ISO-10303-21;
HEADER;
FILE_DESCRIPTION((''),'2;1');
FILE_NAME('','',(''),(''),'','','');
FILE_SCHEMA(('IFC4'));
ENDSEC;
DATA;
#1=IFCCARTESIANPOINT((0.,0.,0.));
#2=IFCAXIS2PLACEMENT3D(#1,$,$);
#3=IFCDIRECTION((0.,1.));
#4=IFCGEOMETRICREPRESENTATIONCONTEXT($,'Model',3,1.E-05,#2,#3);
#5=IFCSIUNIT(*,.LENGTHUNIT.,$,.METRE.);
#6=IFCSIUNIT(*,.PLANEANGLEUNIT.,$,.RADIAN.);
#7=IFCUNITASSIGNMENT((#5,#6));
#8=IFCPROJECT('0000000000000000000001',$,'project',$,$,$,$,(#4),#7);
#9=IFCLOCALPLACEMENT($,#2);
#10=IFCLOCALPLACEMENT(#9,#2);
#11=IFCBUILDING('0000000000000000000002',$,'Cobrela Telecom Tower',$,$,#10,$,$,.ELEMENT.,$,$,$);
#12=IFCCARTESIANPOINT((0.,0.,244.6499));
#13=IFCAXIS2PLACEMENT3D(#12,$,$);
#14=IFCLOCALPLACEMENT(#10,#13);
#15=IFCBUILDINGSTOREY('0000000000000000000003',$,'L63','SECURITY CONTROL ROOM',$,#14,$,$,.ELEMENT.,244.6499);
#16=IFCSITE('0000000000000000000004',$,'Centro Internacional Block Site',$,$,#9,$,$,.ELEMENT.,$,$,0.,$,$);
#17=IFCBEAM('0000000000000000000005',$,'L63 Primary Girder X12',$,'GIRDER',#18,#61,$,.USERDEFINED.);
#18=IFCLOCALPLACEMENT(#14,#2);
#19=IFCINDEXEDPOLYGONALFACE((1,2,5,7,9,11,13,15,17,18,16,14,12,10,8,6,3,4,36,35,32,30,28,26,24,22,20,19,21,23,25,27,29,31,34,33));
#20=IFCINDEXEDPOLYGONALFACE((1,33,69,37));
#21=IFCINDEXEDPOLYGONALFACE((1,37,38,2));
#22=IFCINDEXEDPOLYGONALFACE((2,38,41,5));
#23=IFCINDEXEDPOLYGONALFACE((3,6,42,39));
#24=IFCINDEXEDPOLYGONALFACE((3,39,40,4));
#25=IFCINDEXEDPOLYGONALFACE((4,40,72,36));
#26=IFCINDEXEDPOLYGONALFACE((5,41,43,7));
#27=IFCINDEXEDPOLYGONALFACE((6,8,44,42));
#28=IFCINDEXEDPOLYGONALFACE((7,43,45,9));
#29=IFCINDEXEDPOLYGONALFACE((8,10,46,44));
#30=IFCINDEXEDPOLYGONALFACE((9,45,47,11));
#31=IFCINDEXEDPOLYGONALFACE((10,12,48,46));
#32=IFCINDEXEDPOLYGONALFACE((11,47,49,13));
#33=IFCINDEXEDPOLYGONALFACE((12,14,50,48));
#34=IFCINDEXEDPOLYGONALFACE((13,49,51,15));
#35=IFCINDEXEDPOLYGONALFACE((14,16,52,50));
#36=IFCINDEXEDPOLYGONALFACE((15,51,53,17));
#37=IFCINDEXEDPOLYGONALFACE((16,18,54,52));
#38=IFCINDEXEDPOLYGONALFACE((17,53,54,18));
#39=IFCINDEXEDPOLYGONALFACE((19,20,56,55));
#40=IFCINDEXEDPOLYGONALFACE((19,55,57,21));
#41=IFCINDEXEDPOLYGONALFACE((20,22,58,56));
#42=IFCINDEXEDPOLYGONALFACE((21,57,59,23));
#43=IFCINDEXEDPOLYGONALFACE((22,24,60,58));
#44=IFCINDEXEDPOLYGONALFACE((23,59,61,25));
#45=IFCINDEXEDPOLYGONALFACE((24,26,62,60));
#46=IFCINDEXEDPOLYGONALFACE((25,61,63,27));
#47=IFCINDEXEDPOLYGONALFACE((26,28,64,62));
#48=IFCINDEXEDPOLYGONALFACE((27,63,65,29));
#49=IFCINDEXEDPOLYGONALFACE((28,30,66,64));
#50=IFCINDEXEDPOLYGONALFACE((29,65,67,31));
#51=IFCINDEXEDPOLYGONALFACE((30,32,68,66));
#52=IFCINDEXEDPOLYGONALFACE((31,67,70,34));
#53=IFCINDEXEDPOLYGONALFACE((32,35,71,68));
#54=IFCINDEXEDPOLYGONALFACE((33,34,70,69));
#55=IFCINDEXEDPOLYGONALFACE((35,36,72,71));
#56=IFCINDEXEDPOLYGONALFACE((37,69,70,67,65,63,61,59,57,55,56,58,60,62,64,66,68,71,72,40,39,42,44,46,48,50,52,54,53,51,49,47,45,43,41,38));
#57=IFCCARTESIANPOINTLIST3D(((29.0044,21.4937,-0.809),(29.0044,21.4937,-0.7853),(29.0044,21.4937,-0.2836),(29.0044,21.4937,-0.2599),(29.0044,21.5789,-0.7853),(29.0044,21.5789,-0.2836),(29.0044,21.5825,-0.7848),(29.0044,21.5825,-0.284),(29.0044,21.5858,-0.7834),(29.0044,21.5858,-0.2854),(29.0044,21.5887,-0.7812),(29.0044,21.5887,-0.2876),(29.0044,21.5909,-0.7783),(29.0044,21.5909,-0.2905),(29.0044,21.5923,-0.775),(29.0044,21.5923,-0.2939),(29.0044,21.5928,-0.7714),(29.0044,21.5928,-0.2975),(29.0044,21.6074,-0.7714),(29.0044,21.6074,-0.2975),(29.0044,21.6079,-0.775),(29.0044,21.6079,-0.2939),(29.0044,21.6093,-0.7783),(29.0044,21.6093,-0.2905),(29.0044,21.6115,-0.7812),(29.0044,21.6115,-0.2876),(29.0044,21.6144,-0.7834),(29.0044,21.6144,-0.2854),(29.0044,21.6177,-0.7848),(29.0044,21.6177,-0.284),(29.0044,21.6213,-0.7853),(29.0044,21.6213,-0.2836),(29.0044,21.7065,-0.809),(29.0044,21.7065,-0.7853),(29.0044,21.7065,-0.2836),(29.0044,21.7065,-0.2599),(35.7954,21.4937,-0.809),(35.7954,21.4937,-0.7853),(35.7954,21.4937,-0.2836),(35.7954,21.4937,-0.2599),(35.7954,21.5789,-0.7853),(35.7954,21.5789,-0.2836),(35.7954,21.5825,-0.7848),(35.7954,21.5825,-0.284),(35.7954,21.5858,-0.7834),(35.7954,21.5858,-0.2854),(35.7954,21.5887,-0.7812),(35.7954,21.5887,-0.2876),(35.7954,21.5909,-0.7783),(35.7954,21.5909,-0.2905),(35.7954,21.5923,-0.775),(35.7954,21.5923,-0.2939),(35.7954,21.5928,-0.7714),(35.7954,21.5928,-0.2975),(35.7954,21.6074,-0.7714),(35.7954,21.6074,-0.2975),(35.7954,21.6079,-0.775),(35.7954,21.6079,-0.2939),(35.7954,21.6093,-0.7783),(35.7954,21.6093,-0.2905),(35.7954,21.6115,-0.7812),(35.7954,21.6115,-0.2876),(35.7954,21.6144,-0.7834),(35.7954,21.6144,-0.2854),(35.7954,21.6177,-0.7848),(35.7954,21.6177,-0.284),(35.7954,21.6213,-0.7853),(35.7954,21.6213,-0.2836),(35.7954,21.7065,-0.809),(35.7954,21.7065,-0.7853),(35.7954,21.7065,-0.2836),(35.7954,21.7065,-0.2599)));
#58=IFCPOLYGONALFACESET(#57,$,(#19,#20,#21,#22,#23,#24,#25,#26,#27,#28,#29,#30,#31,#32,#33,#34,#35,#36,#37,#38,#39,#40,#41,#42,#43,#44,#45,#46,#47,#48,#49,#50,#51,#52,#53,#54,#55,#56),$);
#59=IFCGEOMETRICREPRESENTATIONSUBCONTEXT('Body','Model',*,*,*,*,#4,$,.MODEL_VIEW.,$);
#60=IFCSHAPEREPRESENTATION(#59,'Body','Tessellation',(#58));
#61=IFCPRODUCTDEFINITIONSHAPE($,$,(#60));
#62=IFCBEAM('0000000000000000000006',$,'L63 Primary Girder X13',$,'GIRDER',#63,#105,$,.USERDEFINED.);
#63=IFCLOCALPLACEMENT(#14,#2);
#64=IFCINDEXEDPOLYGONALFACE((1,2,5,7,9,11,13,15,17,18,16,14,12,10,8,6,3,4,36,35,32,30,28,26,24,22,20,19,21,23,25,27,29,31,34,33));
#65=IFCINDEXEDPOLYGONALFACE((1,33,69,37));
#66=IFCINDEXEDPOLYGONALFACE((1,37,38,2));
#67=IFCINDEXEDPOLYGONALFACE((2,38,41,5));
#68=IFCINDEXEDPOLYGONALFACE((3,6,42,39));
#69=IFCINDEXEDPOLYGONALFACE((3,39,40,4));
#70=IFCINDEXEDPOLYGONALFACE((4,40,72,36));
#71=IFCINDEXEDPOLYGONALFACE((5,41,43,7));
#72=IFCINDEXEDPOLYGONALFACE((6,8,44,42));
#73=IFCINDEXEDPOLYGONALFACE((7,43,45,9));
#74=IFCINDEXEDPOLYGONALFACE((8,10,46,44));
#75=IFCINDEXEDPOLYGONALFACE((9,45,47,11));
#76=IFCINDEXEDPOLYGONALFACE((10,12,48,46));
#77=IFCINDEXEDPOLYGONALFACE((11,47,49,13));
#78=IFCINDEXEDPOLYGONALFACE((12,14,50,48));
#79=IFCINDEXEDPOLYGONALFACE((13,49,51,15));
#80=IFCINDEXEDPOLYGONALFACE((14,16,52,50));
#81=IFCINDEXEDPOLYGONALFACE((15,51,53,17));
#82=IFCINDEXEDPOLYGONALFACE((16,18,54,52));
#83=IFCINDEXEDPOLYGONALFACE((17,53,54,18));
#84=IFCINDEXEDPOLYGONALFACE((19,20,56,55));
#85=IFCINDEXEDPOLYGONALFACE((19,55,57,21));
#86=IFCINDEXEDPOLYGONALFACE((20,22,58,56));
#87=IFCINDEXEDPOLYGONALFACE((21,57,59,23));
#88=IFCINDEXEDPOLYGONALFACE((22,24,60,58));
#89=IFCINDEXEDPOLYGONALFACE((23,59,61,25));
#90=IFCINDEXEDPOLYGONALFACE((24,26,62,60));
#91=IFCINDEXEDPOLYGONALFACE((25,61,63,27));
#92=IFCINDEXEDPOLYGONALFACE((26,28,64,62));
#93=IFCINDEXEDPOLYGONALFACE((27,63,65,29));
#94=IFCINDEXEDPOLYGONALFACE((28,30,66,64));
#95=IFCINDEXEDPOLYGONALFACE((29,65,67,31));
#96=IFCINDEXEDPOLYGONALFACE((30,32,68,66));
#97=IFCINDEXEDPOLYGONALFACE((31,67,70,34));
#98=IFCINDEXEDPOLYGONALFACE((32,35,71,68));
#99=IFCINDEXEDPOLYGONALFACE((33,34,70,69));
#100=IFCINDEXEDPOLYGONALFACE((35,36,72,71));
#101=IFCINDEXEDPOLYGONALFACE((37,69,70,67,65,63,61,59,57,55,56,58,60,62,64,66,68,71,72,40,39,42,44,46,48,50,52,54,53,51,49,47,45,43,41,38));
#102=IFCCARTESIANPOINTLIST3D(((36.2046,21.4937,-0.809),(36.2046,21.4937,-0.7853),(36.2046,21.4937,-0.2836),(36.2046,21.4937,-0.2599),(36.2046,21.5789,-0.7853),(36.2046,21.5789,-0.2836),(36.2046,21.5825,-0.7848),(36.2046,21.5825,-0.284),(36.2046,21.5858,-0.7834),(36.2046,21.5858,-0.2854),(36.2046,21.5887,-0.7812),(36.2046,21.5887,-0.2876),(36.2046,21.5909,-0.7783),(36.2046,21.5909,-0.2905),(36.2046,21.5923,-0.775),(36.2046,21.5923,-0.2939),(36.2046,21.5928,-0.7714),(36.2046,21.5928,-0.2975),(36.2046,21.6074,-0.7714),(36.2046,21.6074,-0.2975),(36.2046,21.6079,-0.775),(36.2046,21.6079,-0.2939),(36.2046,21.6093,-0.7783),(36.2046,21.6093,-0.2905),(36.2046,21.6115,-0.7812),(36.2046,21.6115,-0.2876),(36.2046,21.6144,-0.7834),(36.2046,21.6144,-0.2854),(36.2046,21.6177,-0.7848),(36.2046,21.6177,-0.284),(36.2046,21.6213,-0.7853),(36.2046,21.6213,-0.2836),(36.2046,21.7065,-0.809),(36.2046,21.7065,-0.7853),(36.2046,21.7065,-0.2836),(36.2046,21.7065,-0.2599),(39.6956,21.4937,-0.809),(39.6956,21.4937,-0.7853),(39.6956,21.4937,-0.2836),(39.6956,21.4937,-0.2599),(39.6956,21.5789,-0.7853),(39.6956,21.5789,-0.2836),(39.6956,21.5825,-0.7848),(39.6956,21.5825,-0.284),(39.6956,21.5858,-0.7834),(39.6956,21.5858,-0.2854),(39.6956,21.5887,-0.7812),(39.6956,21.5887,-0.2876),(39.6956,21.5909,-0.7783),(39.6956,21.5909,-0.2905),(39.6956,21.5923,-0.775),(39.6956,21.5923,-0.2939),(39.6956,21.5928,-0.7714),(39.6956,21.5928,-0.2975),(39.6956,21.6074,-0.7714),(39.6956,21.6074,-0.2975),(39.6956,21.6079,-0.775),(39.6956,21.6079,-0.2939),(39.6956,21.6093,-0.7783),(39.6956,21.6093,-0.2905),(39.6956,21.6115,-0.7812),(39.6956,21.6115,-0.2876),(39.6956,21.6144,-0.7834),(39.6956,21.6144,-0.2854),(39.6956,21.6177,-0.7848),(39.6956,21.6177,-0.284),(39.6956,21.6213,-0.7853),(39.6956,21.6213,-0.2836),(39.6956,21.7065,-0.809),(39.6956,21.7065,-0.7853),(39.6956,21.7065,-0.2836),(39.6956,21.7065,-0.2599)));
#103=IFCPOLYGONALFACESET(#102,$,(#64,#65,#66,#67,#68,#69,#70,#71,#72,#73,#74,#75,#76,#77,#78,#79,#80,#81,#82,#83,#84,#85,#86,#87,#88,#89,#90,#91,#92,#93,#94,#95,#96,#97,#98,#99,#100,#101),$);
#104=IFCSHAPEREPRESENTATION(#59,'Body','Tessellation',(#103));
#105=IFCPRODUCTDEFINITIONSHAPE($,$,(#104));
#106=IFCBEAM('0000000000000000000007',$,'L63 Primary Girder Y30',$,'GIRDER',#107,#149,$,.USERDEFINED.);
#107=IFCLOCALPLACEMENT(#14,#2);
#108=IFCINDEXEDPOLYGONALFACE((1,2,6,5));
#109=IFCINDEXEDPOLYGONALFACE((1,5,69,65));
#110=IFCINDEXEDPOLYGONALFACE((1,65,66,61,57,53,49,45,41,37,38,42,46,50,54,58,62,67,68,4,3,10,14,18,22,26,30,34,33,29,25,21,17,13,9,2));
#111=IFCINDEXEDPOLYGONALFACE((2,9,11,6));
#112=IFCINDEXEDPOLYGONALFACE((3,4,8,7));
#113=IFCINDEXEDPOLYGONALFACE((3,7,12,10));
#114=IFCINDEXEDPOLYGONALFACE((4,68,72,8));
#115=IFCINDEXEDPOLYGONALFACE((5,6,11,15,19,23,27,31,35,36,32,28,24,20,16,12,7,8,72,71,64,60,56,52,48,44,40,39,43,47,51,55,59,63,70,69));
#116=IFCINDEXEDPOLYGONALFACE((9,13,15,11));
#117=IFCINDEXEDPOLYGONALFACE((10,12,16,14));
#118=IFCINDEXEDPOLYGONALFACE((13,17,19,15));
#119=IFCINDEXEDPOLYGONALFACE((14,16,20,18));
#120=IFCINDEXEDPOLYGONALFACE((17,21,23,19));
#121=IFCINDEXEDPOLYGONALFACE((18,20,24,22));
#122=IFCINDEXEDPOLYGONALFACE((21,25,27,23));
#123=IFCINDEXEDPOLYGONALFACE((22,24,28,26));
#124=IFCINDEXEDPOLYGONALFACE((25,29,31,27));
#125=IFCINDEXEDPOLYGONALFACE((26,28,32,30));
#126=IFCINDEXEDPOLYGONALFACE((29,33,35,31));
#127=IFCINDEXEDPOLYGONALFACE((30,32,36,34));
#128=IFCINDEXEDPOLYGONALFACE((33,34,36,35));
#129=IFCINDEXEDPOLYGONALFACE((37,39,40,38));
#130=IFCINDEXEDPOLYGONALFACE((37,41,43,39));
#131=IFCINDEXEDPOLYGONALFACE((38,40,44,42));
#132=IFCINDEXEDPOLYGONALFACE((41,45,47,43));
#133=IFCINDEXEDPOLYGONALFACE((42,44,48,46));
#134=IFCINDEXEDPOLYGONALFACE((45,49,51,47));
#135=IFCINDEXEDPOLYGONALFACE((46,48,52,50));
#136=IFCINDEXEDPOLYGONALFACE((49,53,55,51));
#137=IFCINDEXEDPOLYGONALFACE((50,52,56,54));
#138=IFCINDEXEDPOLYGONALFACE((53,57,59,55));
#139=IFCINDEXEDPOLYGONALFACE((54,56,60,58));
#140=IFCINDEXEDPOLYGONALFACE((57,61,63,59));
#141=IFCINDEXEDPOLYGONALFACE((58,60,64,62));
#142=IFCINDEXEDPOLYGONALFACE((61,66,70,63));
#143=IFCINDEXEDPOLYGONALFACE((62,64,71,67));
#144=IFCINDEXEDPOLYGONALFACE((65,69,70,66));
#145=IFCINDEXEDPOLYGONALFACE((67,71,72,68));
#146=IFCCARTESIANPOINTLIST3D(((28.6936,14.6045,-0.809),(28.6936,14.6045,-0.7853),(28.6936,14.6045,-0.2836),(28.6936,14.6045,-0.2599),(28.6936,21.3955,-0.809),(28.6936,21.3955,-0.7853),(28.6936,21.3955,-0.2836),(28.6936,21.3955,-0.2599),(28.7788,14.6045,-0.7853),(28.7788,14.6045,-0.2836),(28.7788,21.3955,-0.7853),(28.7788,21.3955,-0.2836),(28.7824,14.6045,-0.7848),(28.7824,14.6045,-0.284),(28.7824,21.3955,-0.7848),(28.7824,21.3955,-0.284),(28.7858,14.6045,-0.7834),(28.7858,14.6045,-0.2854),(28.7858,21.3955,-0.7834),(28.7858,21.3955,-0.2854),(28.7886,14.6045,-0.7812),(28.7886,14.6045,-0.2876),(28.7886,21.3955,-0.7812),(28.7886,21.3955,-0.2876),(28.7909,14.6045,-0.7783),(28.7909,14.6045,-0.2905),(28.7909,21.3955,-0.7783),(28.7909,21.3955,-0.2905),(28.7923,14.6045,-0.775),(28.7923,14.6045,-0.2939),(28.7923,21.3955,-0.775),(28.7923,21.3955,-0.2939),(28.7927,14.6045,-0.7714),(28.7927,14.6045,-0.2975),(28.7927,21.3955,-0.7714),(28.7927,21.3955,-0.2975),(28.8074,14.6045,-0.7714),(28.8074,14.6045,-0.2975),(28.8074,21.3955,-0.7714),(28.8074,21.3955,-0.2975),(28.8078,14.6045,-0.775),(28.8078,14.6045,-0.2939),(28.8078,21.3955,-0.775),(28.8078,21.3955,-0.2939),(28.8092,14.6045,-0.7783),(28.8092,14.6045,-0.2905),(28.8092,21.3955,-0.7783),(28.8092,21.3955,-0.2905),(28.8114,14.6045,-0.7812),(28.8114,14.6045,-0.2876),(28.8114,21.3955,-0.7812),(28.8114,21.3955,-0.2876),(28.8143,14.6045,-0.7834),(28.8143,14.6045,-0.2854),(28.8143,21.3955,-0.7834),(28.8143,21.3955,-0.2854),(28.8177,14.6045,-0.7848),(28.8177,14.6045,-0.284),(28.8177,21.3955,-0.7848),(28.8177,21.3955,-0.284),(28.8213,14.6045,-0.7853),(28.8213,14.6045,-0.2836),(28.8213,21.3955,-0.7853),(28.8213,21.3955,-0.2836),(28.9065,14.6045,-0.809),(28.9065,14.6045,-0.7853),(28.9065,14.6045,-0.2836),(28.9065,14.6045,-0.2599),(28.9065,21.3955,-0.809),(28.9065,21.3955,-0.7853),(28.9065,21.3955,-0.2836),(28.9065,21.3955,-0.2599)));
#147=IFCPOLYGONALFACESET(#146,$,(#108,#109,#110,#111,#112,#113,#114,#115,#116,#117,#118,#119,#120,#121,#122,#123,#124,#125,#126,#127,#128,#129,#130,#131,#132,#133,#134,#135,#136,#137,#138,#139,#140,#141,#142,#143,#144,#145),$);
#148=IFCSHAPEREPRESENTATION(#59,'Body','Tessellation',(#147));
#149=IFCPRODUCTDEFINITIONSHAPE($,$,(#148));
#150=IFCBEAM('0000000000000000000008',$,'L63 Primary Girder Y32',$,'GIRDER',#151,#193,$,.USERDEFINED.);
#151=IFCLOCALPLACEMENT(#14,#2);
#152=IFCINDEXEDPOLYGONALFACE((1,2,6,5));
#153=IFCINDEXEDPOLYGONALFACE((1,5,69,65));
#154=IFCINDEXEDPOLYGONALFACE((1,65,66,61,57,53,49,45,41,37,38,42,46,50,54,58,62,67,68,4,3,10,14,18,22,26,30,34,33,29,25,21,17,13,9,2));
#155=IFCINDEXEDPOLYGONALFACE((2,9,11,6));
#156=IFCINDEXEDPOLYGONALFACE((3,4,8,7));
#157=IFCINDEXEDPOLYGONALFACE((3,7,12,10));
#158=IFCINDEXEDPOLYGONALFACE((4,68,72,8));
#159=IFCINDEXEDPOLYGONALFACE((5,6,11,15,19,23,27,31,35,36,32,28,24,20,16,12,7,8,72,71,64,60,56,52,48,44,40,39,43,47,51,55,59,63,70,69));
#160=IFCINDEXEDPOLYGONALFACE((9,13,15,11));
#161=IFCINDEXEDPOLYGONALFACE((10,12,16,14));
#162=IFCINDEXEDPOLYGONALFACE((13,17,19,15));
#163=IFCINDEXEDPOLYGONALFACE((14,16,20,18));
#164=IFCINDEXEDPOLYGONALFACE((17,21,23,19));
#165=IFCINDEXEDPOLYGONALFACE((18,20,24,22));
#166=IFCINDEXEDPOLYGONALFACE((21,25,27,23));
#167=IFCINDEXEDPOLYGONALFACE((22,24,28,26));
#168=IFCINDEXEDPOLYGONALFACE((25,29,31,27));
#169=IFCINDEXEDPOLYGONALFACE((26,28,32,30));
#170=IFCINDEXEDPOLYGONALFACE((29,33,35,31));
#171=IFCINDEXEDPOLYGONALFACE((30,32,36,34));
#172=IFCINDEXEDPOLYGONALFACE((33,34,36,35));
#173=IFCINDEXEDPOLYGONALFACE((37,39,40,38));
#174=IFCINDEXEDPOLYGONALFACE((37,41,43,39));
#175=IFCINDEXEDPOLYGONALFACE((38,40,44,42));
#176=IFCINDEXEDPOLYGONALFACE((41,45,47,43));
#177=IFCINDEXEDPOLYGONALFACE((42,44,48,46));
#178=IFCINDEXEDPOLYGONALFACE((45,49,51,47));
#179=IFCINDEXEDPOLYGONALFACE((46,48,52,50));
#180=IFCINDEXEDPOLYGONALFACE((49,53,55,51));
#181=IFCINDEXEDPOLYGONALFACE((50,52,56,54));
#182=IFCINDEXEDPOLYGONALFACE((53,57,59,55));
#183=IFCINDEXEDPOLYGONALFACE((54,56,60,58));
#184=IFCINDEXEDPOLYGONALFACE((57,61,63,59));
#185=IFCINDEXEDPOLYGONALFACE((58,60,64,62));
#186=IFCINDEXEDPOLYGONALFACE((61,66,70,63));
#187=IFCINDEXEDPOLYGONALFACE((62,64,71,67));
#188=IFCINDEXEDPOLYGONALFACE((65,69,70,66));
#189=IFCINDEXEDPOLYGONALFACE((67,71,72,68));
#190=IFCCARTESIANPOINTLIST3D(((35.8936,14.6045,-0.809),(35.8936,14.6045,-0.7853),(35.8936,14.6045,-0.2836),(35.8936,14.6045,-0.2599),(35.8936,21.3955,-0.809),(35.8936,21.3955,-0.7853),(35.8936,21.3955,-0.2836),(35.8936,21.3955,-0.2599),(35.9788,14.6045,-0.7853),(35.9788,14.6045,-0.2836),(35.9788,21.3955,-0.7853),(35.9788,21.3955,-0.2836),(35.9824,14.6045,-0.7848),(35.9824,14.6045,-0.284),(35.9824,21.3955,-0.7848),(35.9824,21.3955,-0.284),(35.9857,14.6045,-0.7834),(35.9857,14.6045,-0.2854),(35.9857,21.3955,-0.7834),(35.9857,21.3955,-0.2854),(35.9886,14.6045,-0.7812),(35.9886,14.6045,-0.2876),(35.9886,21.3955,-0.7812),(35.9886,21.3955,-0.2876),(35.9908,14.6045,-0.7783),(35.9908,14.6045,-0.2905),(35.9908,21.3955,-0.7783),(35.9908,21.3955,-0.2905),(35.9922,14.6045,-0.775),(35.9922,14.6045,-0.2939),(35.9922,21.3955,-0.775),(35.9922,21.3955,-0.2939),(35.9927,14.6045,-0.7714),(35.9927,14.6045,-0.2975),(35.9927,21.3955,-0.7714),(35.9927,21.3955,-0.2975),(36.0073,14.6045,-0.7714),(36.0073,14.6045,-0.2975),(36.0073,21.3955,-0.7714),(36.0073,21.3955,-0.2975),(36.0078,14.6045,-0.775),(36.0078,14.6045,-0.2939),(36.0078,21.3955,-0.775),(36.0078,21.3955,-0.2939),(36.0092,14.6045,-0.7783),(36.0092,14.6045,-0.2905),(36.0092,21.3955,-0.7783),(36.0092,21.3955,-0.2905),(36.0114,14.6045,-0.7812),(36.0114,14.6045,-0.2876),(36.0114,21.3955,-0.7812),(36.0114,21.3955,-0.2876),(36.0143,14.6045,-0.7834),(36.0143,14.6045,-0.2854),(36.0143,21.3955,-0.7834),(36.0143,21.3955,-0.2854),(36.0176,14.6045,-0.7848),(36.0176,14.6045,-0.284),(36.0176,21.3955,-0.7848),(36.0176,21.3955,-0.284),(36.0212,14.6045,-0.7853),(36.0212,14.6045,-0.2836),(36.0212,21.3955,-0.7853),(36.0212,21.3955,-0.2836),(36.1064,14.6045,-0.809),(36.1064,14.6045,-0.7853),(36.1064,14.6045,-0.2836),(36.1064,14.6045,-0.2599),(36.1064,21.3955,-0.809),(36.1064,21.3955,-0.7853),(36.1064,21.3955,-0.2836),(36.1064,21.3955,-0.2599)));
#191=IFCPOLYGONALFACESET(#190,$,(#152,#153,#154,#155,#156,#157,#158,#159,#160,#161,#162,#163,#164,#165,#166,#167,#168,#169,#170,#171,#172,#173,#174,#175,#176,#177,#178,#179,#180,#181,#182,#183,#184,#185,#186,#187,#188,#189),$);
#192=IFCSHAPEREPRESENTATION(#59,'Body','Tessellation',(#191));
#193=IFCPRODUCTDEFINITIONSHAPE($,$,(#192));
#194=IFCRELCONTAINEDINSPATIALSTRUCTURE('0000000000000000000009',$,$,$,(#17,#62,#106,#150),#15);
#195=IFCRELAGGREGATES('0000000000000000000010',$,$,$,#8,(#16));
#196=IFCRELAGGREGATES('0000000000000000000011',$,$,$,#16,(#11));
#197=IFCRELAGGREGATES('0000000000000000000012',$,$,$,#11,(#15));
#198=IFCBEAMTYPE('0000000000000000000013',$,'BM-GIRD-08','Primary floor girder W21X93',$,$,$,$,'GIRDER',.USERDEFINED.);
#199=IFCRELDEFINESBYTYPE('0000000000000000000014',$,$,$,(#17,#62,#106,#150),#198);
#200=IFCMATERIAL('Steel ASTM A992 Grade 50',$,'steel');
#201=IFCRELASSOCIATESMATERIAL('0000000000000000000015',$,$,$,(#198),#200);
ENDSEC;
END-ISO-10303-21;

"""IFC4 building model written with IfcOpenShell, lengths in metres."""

from ifc_helpers import new_model, si_unit, direction, frame, origin, origin_2d, place, context, subcontext, project, spatial, i_section, extrude, material, material_profile, profile_set, type_object, element, save


model = new_model("IFC4")

# Units and contexts
model_context = context("Model", 3, precision=1e-05, world=origin(), true_north=direction((0.0, 1.0)))
body_context = subcontext(model_context, "Body", "Model", "MODEL_VIEW")
ifc_project = project(units=[si_unit("LENGTHUNIT", "METRE"), si_unit("PLANEANGLEUNIT", "RADIAN")], contexts=[model_context])

# Site, building, storey
site_placement = place(None, origin())
site = spatial("IfcSite", under=ifc_project, at=site_placement, Name="Centro Internacional Block Site", CompositionType="ELEMENT", RefElevation=0.0)
building_placement = place(site_placement, origin())
building = spatial("IfcBuilding", under=site, at=building_placement, Name="Cobrela Telecom Tower", CompositionType="ELEMENT")
storey_placement = place(building_placement, frame((0.0, 0.0, 244.6499)))
storey = spatial("IfcBuildingStorey", under=building, at=storey_placement, Name="L63", Description="SECURITY CONTROL ROOM", CompositionType="ELEMENT", Elevation=244.6499)

# Shared definitions
ifc_material_1 = material(Name="Steel ASTM A992 Grade 50", Category="steel")

# Beams
ifc_material_profile_1 = material_profile(ifc_material_1, i_section(OverallWidth=0.2129, OverallDepth=0.5491, WebThickness=0.0146, FlangeThickness=0.0237, FilletRadius=0.0139, at=origin_2d()), Name="W21X93")
ifc_profile_set_1 = profile_set([ifc_material_profile_1], Name="Steel ASTM A992 Grade 50")
beam_type_1 = type_object("IfcBeamType", Name="BM-GIRD-08", Description="Primary floor girder W21X93", ElementType="GIRDER", PredefinedType="USERDEFINED", material=ifc_profile_set_1)
beam_1_placement = place(storey_placement, frame((29.0044, 21.6001, -0.5344), z_axis=(1.0, 0.0, 0.0), x_axis=(0.0, 1.0, 0.0)))
element("IfcBeam", 1, at=beam_1_placement, inside=storey, type_object=beam_type_1, Name="L63 Primary Girder X12", ObjectType="GIRDER", PredefinedType="USERDEFINED", context=body_context, shape_type="SweptSolid", body=[
    extrude(i_section(OverallWidth=0.2129, OverallDepth=0.5491, WebThickness=0.0146, FlangeThickness=0.0237, FilletRadius=0.0139, at=origin_2d()), origin(), (0.0, 0.0, 1.0), 6.791),
])
beam_2_placement = place(storey_placement, frame((36.2046, 21.6001, -0.5344), z_axis=(1.0, 0.0, 0.0), x_axis=(0.0, 1.0, 0.0)))
element("IfcBeam", 2, at=beam_2_placement, inside=storey, type_object=beam_type_1, Name="L63 Primary Girder X13", ObjectType="GIRDER", PredefinedType="USERDEFINED", context=body_context, shape_type="SweptSolid", body=[
    extrude(i_section(OverallWidth=0.2129, OverallDepth=0.5491, WebThickness=0.0146, FlangeThickness=0.0237, FilletRadius=0.0139, at=origin_2d()), origin(), (0.0, 0.0, 1.0), 3.491),
])
for number, where, z_axis, x_axis, name in (
    (3, (28.8, 14.6045, -0.5344), (0.0, 1.0, 0.0), (-1.0, 0.0, 0.0), "L63 Primary Girder Y30"),
    (4, (36.0, 14.6045, -0.5344), (0.0, 1.0, 0.0), (-1.0, 0.0, 0.0), "L63 Primary Girder Y32"),
):
    element("IfcBeam", number, at=place(storey_placement, frame(where, z_axis=z_axis, x_axis=x_axis)), inside=storey, type_object=beam_type_1, Name=name, ObjectType="GIRDER", PredefinedType="USERDEFINED", context=body_context, shape_type="SweptSolid", body=[
        extrude(i_section(OverallWidth=0.2129, OverallDepth=0.5491, WebThickness=0.0146, FlangeThickness=0.0237, FilletRadius=0.0139, at=origin_2d()), origin(), (0.0, 0.0, 1.0), 6.791),
    ])

save(model, "model.ifc")
